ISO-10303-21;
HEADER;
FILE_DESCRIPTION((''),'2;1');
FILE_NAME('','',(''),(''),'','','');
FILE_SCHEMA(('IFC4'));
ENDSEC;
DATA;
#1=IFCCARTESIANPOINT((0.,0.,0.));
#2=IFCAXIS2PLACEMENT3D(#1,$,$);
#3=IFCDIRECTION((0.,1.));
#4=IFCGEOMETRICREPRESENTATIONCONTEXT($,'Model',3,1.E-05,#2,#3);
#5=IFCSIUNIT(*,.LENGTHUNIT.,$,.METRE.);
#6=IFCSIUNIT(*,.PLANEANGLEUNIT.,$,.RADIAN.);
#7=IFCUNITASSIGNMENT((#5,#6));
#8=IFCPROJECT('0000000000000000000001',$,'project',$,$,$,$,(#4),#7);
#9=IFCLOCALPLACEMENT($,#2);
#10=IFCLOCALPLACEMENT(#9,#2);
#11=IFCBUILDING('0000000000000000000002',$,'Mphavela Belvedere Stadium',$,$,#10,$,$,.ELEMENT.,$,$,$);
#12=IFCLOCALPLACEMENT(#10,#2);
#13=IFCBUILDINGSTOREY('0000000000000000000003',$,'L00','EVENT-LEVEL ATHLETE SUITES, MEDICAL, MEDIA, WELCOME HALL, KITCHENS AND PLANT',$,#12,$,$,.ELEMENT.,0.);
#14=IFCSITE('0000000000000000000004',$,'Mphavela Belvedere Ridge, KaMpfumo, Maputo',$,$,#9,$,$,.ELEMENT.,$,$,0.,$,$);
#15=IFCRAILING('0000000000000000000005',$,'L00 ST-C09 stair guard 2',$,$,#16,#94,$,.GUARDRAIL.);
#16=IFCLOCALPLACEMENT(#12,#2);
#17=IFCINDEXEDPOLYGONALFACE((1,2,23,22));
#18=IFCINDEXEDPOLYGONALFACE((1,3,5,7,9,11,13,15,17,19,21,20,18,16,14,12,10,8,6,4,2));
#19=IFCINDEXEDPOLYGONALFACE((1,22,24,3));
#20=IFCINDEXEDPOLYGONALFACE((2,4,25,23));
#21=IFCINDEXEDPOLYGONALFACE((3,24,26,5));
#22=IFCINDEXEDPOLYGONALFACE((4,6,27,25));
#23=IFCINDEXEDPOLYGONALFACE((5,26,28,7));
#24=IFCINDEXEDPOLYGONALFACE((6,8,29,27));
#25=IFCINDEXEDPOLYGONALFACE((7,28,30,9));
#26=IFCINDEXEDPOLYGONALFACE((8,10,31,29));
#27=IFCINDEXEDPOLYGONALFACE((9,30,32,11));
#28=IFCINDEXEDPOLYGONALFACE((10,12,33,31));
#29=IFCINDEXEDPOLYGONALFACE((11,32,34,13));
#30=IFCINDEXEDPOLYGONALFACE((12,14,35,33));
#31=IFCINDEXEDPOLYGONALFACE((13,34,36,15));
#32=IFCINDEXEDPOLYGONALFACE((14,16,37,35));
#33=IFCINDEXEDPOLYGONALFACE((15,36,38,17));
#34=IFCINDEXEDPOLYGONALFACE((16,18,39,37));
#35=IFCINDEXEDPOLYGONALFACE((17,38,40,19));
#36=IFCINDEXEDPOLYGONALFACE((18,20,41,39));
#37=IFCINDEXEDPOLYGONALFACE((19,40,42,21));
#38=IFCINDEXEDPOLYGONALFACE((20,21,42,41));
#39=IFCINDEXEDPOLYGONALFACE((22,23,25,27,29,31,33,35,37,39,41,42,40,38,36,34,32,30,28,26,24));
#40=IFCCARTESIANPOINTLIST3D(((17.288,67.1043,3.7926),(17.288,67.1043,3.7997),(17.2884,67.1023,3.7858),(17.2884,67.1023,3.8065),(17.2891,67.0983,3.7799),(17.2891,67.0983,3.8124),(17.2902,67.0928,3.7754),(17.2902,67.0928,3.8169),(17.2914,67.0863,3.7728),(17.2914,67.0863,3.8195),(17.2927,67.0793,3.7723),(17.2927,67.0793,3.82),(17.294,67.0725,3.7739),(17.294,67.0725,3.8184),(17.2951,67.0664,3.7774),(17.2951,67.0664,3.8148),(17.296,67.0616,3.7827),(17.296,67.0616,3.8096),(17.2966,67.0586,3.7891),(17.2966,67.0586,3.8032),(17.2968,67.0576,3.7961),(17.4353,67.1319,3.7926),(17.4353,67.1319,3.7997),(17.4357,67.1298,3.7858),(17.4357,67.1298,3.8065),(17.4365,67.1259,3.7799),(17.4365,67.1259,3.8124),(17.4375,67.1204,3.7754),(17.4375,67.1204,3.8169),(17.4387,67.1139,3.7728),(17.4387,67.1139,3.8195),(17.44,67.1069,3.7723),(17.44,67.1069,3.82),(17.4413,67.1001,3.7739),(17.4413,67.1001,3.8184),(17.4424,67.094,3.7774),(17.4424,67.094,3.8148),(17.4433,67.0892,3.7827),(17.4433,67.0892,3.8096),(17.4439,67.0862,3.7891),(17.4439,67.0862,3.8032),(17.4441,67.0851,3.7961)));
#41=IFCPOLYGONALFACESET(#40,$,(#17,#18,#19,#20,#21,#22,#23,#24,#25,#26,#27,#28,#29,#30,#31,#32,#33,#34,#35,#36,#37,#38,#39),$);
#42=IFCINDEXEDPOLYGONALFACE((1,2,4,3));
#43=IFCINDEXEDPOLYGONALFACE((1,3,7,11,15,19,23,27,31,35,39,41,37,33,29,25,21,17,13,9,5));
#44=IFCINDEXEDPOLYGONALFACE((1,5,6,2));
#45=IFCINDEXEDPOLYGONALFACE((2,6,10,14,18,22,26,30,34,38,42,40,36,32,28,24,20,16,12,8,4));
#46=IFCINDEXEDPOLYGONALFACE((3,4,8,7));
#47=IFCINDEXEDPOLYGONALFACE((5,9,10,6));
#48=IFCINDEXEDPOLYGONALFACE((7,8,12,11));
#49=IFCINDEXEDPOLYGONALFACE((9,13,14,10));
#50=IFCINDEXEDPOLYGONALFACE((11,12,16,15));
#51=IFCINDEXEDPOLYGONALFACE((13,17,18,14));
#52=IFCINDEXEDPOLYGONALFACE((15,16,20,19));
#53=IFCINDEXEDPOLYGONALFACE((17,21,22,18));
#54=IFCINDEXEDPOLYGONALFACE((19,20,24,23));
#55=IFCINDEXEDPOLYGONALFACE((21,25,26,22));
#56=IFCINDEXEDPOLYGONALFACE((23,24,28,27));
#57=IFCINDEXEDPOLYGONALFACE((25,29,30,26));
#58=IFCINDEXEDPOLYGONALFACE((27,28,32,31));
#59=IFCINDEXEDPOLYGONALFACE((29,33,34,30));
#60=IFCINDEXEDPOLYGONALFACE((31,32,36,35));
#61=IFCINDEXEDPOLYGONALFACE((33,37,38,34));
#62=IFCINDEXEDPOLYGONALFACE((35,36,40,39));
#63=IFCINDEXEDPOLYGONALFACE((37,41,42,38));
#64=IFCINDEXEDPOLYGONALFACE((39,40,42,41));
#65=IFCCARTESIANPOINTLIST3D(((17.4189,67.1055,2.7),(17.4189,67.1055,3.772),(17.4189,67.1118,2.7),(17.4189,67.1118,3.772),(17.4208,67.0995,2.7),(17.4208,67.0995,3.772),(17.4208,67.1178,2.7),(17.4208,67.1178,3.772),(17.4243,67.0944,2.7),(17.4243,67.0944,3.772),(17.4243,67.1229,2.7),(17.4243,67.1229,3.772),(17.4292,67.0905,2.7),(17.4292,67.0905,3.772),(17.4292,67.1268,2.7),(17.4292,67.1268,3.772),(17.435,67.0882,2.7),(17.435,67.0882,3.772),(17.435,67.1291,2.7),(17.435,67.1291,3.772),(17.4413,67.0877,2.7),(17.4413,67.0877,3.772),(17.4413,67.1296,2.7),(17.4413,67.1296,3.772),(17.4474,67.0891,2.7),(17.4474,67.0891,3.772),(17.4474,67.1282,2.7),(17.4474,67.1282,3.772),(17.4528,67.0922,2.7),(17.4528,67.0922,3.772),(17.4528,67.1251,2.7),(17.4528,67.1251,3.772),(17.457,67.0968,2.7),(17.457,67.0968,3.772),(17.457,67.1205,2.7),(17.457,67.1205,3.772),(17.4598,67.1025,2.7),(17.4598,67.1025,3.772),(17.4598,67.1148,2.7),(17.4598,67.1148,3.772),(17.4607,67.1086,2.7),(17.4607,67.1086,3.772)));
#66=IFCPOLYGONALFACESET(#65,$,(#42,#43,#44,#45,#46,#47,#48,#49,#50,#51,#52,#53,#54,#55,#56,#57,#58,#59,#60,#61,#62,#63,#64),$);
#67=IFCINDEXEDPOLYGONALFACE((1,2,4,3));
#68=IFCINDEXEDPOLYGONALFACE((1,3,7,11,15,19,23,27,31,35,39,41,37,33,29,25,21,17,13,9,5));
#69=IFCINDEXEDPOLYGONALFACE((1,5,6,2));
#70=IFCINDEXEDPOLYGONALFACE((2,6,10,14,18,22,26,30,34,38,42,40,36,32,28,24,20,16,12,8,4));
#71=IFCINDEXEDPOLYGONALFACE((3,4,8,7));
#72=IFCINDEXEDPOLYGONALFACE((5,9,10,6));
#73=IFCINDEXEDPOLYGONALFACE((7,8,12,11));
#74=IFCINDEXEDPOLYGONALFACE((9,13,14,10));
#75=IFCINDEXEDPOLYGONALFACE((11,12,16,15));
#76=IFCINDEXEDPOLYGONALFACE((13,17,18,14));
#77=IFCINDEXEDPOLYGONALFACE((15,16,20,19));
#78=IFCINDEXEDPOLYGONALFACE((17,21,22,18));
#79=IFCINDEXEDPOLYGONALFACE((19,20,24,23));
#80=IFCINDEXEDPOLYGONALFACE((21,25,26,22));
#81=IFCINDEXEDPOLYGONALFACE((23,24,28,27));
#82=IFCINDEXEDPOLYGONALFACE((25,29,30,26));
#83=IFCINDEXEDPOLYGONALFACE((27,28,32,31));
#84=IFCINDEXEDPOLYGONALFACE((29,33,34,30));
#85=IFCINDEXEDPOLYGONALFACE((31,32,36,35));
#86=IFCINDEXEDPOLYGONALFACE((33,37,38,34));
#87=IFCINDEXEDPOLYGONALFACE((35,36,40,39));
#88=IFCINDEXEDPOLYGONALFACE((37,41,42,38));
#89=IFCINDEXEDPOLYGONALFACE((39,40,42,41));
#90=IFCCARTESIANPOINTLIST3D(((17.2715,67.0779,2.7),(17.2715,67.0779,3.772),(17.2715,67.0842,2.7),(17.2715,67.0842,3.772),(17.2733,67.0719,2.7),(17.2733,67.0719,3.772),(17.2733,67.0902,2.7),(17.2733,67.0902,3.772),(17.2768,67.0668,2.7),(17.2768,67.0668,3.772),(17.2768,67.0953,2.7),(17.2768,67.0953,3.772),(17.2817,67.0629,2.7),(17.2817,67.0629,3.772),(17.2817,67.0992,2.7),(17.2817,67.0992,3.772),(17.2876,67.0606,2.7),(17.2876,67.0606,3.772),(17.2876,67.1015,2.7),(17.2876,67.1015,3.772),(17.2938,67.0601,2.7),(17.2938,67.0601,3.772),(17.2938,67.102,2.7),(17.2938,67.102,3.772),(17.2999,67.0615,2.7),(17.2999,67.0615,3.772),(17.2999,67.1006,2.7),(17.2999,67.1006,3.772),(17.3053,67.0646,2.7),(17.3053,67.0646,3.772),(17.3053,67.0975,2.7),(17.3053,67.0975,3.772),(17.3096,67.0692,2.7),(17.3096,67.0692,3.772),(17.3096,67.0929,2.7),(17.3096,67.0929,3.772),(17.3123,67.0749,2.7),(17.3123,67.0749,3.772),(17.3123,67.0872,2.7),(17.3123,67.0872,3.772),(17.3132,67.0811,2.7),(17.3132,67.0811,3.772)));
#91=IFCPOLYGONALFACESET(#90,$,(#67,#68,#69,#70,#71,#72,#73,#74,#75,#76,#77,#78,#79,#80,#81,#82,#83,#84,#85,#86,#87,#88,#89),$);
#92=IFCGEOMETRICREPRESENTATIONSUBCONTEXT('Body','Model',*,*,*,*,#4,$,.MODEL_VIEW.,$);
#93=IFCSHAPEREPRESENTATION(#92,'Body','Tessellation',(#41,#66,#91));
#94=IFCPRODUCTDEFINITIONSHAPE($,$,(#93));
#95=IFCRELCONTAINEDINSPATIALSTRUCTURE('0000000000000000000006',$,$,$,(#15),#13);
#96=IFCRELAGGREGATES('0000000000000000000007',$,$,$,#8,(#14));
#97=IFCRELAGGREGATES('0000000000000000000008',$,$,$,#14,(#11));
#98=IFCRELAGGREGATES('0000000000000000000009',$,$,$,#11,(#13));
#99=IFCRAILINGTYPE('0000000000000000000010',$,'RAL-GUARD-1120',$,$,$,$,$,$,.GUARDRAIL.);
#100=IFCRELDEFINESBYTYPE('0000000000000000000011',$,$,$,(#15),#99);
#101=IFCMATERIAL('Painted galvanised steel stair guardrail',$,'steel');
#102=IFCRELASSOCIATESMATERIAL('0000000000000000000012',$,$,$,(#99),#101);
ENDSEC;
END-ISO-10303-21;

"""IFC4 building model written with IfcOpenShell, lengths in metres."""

from ifc_helpers import new_model, si_unit, direction, frame, origin, origin_2d, place, context, subcontext, project, spatial, circle, extrude, material, type_object, element, save


model = new_model("IFC4")

# Units and contexts
model_context = context("Model", 3, precision=1e-05, world=origin(), true_north=direction((0.0, 1.0)))
body_context = subcontext(model_context, "Body", "Model", "MODEL_VIEW")
ifc_project = project(units=[si_unit("LENGTHUNIT", "METRE"), si_unit("PLANEANGLEUNIT", "RADIAN")], contexts=[model_context])

# Site, building, storey
site_placement = place(None, origin())
site = spatial("IfcSite", under=ifc_project, at=site_placement, Name="Mphavela Belvedere Ridge, KaMpfumo, Maputo", CompositionType="ELEMENT", RefElevation=0.0)
building_placement = place(site_placement, origin())
building = spatial("IfcBuilding", under=site, at=building_placement, Name="Mphavela Belvedere Stadium", CompositionType="ELEMENT")
storey_placement = place(building_placement, origin())
storey = spatial("IfcBuildingStorey", under=building, at=storey_placement, Name="L00", Description="EVENT-LEVEL ATHLETE SUITES, MEDICAL, MEDIA, WELCOME HALL, KITCHENS AND PLANT", CompositionType="ELEMENT", Elevation=0.0)

# Railing
ifc_material_1 = material(Name="Painted galvanised steel stair guardrail", Category="steel")
railing_type_1 = type_object("IfcRailingType", Name="RAL-GUARD-1120", PredefinedType="GUARDRAIL", material=ifc_material_1)
railing_1_placement = place(storey_placement, frame((17.4397, 67.1086, 2.7)))
element("IfcRailing", 1, at=railing_1_placement, inside=storey, type_object=railing_type_1, Name="L00 ST-C09 stair guard 2", PredefinedType="GUARDRAIL", context=body_context, shape_type="SweptSolid", body=[
    extrude(circle(Radius=0.0239, at=origin_2d()), frame((0.0, 0.0, 1.0962), z_axis=(-0.982946, -0.183895, 0.0), x_axis=(0.183895, -0.982946, 0.0)), (0.0, 0.0, 1.0), 0.1499),
    extrude(circle(Radius=0.021, at=origin_2d()), origin(), (0.0, 0.0, 1.0), 1.072),
    extrude(circle(Radius=0.021, at=origin_2d()), frame((-0.1475, -0.0276, 0.0)), (0.0, 0.0, 1.0), 1.072),
])

save(model, "model.ifc")
